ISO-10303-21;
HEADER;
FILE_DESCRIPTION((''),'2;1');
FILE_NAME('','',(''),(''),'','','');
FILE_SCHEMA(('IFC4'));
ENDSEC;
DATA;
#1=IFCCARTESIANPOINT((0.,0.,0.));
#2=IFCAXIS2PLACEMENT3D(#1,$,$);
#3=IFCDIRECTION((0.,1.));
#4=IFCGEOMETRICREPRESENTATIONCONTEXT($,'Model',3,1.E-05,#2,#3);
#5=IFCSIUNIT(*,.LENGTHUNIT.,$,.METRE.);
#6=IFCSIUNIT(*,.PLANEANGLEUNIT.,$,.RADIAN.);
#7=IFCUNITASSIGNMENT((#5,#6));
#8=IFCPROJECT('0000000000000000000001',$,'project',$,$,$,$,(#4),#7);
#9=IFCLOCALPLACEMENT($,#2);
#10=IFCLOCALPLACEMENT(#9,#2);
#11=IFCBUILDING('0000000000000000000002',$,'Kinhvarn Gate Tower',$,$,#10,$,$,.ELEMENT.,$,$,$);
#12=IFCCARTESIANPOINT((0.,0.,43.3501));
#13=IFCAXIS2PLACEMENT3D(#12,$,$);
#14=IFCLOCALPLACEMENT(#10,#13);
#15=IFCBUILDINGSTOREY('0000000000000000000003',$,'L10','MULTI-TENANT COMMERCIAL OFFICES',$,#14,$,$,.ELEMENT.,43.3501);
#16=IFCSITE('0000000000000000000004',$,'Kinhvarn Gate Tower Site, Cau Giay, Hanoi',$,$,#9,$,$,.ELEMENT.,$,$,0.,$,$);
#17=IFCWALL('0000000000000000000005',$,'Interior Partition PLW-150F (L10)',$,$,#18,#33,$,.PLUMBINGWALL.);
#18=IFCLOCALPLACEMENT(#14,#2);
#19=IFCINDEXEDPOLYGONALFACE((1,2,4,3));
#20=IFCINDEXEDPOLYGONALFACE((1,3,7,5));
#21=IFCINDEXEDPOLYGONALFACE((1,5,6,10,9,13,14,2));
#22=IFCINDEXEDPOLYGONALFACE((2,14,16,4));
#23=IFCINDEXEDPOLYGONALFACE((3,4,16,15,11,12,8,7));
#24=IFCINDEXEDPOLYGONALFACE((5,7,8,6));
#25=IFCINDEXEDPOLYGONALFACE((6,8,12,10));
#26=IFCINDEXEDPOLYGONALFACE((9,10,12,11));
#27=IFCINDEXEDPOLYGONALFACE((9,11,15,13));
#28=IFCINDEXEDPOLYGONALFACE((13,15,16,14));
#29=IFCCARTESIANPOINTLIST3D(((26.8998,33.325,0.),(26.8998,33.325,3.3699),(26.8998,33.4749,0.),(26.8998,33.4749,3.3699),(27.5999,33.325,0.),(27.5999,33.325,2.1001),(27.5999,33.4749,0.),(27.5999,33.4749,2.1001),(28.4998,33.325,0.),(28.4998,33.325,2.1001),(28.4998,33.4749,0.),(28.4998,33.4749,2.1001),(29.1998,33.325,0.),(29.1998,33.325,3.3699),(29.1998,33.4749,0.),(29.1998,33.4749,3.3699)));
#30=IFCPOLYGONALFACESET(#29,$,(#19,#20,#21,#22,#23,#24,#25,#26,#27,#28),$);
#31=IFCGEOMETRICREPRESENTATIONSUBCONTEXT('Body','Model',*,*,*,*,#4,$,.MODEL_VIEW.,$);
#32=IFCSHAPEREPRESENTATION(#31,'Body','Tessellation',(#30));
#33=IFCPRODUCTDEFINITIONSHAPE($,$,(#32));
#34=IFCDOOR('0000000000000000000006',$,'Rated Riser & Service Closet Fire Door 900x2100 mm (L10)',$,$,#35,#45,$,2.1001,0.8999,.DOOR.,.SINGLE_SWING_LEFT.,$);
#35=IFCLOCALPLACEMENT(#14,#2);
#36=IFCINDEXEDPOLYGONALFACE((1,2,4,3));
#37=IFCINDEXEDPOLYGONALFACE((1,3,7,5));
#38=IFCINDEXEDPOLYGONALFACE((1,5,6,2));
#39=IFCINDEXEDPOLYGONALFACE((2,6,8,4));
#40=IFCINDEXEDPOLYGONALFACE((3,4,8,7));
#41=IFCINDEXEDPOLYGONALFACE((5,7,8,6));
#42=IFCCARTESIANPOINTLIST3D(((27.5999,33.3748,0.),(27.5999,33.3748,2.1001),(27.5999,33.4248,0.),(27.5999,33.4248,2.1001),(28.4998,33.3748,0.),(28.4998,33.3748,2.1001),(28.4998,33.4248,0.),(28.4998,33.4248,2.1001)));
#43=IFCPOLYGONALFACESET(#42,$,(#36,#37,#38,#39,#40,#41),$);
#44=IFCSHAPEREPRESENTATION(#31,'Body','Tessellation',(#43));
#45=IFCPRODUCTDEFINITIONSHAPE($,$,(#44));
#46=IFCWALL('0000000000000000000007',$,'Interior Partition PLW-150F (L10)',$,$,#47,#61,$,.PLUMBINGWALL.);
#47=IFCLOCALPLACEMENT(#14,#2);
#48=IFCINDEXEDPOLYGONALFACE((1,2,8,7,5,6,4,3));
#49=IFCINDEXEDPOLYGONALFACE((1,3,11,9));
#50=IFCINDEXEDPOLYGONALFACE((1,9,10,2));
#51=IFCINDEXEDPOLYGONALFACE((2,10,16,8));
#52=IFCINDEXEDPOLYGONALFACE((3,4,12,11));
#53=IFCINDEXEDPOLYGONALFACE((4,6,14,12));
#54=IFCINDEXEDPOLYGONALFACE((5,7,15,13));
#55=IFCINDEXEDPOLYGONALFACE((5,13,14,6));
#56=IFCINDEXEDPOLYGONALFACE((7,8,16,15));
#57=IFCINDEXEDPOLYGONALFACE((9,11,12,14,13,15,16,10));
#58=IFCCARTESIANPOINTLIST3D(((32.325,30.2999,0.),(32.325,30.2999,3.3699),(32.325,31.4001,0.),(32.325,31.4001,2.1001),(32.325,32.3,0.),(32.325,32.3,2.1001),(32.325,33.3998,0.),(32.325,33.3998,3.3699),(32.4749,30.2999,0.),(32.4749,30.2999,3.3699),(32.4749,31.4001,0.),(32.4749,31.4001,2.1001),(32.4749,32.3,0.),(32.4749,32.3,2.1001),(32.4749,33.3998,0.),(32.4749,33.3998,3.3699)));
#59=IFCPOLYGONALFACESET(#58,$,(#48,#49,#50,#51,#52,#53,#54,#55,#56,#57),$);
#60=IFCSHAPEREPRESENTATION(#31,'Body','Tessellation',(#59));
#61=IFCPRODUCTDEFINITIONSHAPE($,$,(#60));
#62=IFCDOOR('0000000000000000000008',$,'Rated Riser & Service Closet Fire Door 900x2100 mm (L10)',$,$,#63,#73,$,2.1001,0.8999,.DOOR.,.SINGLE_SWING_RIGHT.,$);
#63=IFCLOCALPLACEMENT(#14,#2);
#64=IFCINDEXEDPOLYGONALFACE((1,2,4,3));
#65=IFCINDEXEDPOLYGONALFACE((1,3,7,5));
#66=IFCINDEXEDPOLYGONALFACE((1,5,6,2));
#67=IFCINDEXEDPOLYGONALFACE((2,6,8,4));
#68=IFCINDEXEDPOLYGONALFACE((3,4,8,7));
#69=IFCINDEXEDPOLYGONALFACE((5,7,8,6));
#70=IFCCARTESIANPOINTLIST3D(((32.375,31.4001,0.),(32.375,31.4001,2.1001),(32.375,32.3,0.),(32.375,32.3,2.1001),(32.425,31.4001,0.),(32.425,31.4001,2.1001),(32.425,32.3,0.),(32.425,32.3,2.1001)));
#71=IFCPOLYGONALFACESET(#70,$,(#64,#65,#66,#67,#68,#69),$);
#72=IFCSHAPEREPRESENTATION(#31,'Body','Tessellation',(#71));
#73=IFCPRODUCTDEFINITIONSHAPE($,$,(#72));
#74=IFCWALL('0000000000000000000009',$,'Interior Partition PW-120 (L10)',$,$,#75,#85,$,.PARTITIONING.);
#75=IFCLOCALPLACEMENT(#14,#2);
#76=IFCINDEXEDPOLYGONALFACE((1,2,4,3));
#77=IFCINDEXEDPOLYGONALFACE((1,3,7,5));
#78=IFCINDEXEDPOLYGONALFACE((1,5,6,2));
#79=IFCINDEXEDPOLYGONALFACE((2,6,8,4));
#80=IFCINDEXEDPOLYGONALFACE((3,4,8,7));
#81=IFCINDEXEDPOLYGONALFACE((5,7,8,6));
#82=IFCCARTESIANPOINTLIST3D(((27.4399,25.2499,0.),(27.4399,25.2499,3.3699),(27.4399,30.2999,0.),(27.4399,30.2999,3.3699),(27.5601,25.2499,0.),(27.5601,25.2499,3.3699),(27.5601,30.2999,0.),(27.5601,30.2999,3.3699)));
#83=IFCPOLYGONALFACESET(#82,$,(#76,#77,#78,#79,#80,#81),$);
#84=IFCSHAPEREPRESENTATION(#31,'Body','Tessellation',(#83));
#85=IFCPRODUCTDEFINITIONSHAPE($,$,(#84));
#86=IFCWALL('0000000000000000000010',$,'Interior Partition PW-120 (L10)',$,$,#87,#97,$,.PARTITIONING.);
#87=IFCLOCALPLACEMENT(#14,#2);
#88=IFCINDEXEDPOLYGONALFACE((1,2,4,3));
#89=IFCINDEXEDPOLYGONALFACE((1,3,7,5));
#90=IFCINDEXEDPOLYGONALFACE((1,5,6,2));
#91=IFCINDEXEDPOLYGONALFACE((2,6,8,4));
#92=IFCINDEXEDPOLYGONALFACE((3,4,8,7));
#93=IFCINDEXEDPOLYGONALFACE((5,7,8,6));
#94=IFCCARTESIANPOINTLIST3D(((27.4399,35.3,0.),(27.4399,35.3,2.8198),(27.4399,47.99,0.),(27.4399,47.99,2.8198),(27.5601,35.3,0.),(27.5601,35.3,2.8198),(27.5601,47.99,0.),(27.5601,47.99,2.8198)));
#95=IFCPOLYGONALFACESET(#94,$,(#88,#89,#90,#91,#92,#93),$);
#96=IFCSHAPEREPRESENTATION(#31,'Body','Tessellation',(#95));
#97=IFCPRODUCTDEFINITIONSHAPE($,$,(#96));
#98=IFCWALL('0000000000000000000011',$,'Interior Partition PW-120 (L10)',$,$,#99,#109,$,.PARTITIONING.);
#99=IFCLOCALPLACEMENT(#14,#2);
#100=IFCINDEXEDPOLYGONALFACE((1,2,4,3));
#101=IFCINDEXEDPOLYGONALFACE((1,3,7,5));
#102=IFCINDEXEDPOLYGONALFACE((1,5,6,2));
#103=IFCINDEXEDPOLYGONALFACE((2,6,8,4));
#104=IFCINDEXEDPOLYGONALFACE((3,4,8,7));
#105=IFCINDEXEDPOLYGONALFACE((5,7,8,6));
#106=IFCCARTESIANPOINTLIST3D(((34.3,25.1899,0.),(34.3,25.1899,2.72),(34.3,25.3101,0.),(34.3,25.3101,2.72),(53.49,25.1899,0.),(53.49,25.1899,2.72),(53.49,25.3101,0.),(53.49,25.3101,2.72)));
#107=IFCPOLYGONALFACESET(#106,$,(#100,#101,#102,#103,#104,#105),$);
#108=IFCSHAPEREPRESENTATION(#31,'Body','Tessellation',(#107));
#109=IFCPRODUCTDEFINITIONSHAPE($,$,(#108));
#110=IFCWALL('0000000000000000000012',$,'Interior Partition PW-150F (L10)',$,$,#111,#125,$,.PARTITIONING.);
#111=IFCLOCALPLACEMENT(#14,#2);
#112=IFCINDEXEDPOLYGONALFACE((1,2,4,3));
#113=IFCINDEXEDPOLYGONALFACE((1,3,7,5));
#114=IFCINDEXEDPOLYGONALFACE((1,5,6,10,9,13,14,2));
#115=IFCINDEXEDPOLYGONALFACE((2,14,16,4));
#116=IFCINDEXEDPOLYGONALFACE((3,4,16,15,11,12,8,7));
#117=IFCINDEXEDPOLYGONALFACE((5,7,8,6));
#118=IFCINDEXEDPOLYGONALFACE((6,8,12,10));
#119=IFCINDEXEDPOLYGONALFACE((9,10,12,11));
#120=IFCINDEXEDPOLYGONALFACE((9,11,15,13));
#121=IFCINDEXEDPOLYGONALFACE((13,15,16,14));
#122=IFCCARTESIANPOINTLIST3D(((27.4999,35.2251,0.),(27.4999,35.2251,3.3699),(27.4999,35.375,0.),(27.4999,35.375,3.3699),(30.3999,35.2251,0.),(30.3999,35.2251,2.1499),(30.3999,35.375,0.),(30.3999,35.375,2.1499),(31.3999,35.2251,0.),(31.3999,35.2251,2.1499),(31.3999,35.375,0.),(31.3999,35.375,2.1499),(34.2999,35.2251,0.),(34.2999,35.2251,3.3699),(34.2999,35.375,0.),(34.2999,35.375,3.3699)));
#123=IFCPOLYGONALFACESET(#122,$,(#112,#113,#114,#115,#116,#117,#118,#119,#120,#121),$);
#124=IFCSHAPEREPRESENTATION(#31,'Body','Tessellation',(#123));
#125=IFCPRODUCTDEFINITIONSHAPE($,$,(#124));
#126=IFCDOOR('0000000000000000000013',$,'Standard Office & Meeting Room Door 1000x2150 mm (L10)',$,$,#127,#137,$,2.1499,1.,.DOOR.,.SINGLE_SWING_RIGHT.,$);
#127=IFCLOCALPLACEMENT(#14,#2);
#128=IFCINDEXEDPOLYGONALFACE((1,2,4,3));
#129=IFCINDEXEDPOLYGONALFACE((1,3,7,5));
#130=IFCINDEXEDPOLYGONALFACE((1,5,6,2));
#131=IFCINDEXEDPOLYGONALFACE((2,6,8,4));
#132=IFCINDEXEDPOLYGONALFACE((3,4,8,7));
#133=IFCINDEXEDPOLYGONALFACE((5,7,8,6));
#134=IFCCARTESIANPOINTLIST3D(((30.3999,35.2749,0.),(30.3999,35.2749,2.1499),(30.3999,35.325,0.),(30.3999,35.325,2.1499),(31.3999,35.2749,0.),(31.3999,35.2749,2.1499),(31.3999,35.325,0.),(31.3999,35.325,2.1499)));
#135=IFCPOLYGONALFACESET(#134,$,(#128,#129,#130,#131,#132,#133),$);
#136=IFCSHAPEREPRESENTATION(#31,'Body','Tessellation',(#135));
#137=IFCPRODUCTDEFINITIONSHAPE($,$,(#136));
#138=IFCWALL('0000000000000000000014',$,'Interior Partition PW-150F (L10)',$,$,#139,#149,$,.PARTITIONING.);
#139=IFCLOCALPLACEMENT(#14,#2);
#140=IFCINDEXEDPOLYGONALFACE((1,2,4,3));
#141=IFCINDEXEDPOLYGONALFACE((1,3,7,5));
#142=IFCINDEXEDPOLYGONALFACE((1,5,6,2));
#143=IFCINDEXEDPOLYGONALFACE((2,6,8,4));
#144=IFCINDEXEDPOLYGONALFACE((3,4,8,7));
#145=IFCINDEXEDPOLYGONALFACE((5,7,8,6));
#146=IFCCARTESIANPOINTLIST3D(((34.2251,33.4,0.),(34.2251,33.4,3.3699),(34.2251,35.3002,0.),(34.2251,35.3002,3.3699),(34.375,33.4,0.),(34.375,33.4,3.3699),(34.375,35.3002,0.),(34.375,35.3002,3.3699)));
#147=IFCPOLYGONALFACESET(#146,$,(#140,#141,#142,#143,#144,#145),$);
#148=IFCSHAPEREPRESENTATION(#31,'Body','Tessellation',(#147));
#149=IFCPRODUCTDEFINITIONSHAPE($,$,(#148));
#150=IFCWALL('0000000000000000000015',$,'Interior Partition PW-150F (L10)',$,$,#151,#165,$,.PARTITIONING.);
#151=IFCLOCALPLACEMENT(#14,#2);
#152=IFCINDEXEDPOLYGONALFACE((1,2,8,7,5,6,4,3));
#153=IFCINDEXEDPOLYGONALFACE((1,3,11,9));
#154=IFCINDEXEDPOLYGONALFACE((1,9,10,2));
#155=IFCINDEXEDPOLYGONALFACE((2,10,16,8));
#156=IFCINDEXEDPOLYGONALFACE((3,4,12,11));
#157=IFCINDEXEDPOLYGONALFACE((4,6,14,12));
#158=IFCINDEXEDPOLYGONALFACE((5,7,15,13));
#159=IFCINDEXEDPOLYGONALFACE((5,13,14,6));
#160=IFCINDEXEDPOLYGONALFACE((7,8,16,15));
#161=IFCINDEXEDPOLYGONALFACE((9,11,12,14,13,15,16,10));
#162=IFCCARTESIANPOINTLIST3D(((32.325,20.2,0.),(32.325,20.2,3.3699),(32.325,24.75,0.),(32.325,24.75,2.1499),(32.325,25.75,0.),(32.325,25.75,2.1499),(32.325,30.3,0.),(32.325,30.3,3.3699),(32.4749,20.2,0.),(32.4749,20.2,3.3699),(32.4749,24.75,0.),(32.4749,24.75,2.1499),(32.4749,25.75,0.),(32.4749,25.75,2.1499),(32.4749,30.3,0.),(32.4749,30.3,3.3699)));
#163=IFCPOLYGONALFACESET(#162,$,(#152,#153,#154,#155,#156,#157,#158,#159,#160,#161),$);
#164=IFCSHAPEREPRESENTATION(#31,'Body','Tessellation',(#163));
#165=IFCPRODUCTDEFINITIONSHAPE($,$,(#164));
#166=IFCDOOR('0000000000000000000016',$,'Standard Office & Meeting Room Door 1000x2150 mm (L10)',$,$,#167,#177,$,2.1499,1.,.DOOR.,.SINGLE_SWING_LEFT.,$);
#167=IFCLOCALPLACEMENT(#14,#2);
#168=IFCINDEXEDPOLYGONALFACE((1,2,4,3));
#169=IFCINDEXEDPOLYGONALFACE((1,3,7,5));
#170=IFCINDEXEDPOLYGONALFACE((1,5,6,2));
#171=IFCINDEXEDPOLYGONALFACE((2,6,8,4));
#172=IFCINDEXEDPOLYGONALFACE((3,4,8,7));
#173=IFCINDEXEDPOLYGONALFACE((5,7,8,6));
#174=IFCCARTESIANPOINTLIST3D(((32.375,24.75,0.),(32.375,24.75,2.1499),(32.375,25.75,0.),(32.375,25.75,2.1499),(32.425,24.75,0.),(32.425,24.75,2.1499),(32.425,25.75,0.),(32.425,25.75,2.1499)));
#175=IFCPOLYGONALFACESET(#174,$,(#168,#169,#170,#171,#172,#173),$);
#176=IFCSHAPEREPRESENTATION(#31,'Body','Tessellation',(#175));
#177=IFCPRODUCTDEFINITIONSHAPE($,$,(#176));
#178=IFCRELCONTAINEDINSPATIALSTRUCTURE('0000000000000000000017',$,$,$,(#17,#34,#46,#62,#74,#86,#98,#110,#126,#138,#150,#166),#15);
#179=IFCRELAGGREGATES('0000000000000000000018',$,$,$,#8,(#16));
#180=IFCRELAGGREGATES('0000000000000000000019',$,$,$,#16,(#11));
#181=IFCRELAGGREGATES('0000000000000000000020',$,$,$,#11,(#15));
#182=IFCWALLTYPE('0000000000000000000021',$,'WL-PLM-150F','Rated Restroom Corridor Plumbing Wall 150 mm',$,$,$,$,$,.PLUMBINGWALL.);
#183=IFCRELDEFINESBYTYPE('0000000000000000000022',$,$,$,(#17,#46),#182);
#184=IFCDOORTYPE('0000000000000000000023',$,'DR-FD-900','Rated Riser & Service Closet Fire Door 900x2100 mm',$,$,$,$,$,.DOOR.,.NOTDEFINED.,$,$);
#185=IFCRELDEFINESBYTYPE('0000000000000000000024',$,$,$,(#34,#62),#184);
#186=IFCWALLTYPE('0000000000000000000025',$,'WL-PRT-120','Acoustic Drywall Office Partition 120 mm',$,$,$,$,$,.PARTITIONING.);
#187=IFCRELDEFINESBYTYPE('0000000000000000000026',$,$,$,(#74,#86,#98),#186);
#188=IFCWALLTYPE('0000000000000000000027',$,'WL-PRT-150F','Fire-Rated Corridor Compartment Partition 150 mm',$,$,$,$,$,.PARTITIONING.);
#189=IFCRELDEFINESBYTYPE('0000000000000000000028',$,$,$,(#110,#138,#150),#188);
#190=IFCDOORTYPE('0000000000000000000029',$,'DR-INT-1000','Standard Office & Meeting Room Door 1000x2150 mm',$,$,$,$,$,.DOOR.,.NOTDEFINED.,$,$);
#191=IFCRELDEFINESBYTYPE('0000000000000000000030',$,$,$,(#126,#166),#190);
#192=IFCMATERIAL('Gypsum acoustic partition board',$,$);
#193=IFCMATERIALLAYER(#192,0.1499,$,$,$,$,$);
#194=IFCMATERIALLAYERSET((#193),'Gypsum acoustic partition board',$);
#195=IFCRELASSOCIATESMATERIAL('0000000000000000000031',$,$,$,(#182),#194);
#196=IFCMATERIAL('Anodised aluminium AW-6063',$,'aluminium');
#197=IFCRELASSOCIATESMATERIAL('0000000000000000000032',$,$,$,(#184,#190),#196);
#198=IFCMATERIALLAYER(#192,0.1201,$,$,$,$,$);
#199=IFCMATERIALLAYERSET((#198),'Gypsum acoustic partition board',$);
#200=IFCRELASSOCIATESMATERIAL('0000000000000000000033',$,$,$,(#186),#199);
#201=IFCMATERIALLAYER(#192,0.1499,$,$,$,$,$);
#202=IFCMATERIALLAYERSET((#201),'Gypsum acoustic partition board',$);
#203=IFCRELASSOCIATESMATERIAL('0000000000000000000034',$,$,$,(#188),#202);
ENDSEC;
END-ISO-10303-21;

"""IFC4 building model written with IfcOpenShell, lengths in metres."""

from ifc_helpers import new_model, si_unit, direction, frame, frame_2d, origin, place, context, subcontext, project, spatial, rectangle, extrude, material, layer, layer_set, type_object, element, fill, save


model = new_model("IFC4")

# Units and contexts
model_context = context("Model", 3, precision=1e-05, world=origin(), true_north=direction((0.0, 1.0)))
body_context = subcontext(model_context, "Body", "Model", "MODEL_VIEW")
ifc_project = project(units=[si_unit("LENGTHUNIT", "METRE"), si_unit("PLANEANGLEUNIT", "RADIAN")], contexts=[model_context])

# Site, building, storey
site_placement = place(None, origin())
site = spatial("IfcSite", under=ifc_project, at=site_placement, Name="Kinhvarn Gate Tower Site, Cau Giay, Hanoi", CompositionType="ELEMENT", RefElevation=0.0)
building_placement = place(site_placement, origin())
building = spatial("IfcBuilding", under=site, at=building_placement, Name="Kinhvarn Gate Tower", CompositionType="ELEMENT")
storey_placement = place(building_placement, frame((0.0, 0.0, 43.3501)))
storey = spatial("IfcBuildingStorey", under=building, at=storey_placement, Name="L10", Description="MULTI-TENANT COMMERCIAL OFFICES", CompositionType="ELEMENT", Elevation=43.3501)

# Shared definitions
ifc_material_1 = material(Name="Gypsum acoustic partition board")
ifc_layer_1 = layer(ifc_material_1, 0.1499)
ifc_layer_set_1 = layer_set([ifc_layer_1], Name="Gypsum acoustic partition board")
wall_type_1 = type_object("IfcWallType", Name="WL-PLM-150F", Description="Rated Restroom Corridor Plumbing Wall 150 mm", PredefinedType="PLUMBINGWALL", material=ifc_layer_set_1)

# Walls, openings, doors
wall_1_placement = place(storey_placement, frame((26.8999, 33.3999, 0.0), z_axis=(0.0, 0.0, 1.0), x_axis=(1.0, 0.0, 0.0)))
wall_1 = element("IfcWall", 1, at=wall_1_placement, inside=storey, type_object=wall_type_1, Name="Interior Partition PLW-150F (L10)", PredefinedType="PLUMBINGWALL", context=body_context, shape_type="SweptSolid", body=[
    extrude(rectangle(XDim=2.3, YDim=0.1499, at=frame_2d((1.1499, 0.0))), origin(), (0.0, 0.0, 1.0), 3.3699),
])
opening_1_placement = place(wall_1_placement, frame((0.7, 0.0, 0.0)))
opening_1 = element("IfcOpeningElement", 2, at=opening_1_placement, cuts=wall_1, PredefinedType="OPENING", context=body_context, shape_type="SweptSolid", body=[
    extrude(rectangle(XDim=0.8999, YDim=2.1001, at=frame_2d((0.45, 1.05))), frame((0.0, 0.085, 0.0), z_axis=(0.0, -1.0, 0.0), x_axis=(1.0, 0.0, 0.0)), (0.0, 0.0, 1.0), 0.1699),
])
ifc_material_2 = material(Name="Anodised aluminium AW-6063", Category="aluminium")
door_type_1 = type_object("IfcDoorType", Name="DR-FD-900", Description="Rated Riser & Service Closet Fire Door 900x2100 mm", OperationType="NOTDEFINED", PredefinedType="DOOR", material=ifc_material_2)
door_1_placement = place(opening_1_placement, origin())
door_1 = element("IfcDoor", 3, at=door_1_placement, inside=storey, type_object=door_type_1, Name="Rated Riser & Service Closet Fire Door 900x2100 mm (L10)", OperationType="SINGLE_SWING_LEFT", OverallHeight=2.1001, OverallWidth=0.8999, PredefinedType="DOOR", context=body_context, shape_type="SweptSolid", body=[
    extrude(rectangle(XDim=0.8999, YDim=2.1001, at=frame_2d((0.45, 1.05))), frame((0.0, 0.0249, 0.0), z_axis=(0.0, -1.0, 0.0), x_axis=(1.0, 0.0, 0.0)), (0.0, 0.0, 1.0), 0.05),
])
fill(opening_1, door_1)
wall_2_placement = place(storey_placement, frame((32.3999, 30.3, 0.0), z_axis=(0.0, 0.0, 1.0), x_axis=(0.0, 1.0, 0.0)))
wall_2 = element("IfcWall", 4, at=wall_2_placement, inside=storey, type_object=wall_type_1, Name="Interior Partition PLW-150F (L10)", PredefinedType="PLUMBINGWALL", context=body_context, shape_type="SweptSolid", body=[
    extrude(rectangle(XDim=3.0999, YDim=0.1499, at=frame_2d((1.5498, 0.0))), origin(), (0.0, 0.0, 1.0), 3.3699),
])
opening_2_placement = place(wall_2_placement, frame((1.1001, 0.0, 0.0)))
opening_2 = element("IfcOpeningElement", 5, at=opening_2_placement, cuts=wall_2, PredefinedType="OPENING", context=body_context, shape_type="SweptSolid", body=[
    extrude(rectangle(XDim=0.8999, YDim=2.1001, at=frame_2d((0.45, 1.05))), frame((0.0, 0.085, 0.0), z_axis=(0.0, -1.0, 0.0), x_axis=(1.0, 0.0, 0.0)), (0.0, 0.0, 1.0), 0.1699),
])
door_2_placement = place(opening_2_placement, origin())
door_2 = element("IfcDoor", 6, at=door_2_placement, inside=storey, type_object=door_type_1, Name="Rated Riser & Service Closet Fire Door 900x2100 mm (L10)", OperationType="SINGLE_SWING_RIGHT", OverallHeight=2.1001, OverallWidth=0.8999, PredefinedType="DOOR", context=body_context, shape_type="SweptSolid", body=[
    extrude(rectangle(XDim=0.8999, YDim=2.1001, at=frame_2d((0.45, 1.05))), frame((0.0, 0.0249, 0.0), z_axis=(0.0, -1.0, 0.0), x_axis=(1.0, 0.0, 0.0)), (0.0, 0.0, 1.0), 0.05),
])
fill(opening_2, door_2)

# Walls
ifc_layer_2 = layer(ifc_material_1, 0.1201)
ifc_layer_set_2 = layer_set([ifc_layer_2], Name="Gypsum acoustic partition board")
wall_type_2 = type_object("IfcWallType", Name="WL-PRT-120", Description="Acoustic Drywall Office Partition 120 mm", PredefinedType="PARTITIONING", material=ifc_layer_set_2)
wall_3_placement = place(storey_placement, frame((27.5, 25.25, 0.0), z_axis=(0.0, 0.0, 1.0), x_axis=(0.0, 1.0, 0.0)))
element("IfcWall", 7, at=wall_3_placement, inside=storey, type_object=wall_type_2, Name="Interior Partition PW-120 (L10)", PredefinedType="PARTITIONING", context=body_context, shape_type="SweptSolid", body=[
    extrude(rectangle(XDim=5.05, YDim=0.1201, at=frame_2d((2.5249, 0.0))), origin(), (0.0, 0.0, 1.0), 3.3699),
])
wall_4_placement = place(storey_placement, frame((27.5, 35.3, 0.0), z_axis=(0.0, 0.0, 1.0), x_axis=(0.0, 1.0, 0.0)))
element("IfcWall", 8, at=wall_4_placement, inside=storey, type_object=wall_type_2, Name="Interior Partition PW-120 (L10)", PredefinedType="PARTITIONING", context=body_context, shape_type="SweptSolid", body=[
    extrude(rectangle(XDim=12.6899, YDim=0.1201, at=frame_2d((6.345, 0.0))), origin(), (0.0, 0.0, 1.0), 2.8198),
])
wall_5_placement = place(storey_placement, frame((34.3, 25.25, 0.0), z_axis=(0.0, 0.0, 1.0), x_axis=(1.0, 0.0, 0.0)))
element("IfcWall", 9, at=wall_5_placement, inside=storey, type_object=wall_type_2, Name="Interior Partition PW-120 (L10)", PredefinedType="PARTITIONING", context=body_context, shape_type="SweptSolid", body=[
    extrude(rectangle(XDim=19.1899, YDim=0.1201, at=frame_2d((9.595, 0.0))), origin(), (0.0, 0.0, 1.0), 2.72),
])

# Wall, opening, door
ifc_layer_3 = layer(ifc_material_1, 0.1499)
ifc_layer_set_3 = layer_set([ifc_layer_3], Name="Gypsum acoustic partition board")
wall_type_3 = type_object("IfcWallType", Name="WL-PRT-150F", Description="Fire-Rated Corridor Compartment Partition 150 mm", PredefinedType="PARTITIONING", material=ifc_layer_set_3)
wall_6_placement = place(storey_placement, frame((27.5, 35.3, 0.0), z_axis=(0.0, 0.0, 1.0), x_axis=(1.0, 0.0, 0.0)))
wall_6 = element("IfcWall", 10, at=wall_6_placement, inside=storey, type_object=wall_type_3, Name="Interior Partition PW-150F (L10)", PredefinedType="PARTITIONING", context=body_context, shape_type="SweptSolid", body=[
    extrude(rectangle(XDim=6.8, YDim=0.1499, at=frame_2d((3.3999, 0.0))), origin(), (0.0, 0.0, 1.0), 3.3699),
])
opening_3_placement = place(wall_6_placement, frame((2.8999, 0.0, 0.0)))
opening_3 = element("IfcOpeningElement", 11, at=opening_3_placement, cuts=wall_6, PredefinedType="OPENING", context=body_context, shape_type="SweptSolid", body=[
    extrude(rectangle(XDim=1.0, YDim=2.1499, at=frame_2d((0.5, 1.075))), frame((0.0, 0.085, 0.0), z_axis=(0.0, -1.0, 0.0), x_axis=(1.0, 0.0, 0.0)), (0.0, 0.0, 1.0), 0.1699),
])
door_type_2 = type_object("IfcDoorType", Name="DR-INT-1000", Description="Standard Office & Meeting Room Door 1000x2150 mm", OperationType="NOTDEFINED", PredefinedType="DOOR", material=ifc_material_2)
door_3_placement = place(opening_3_placement, origin())
door_3 = element("IfcDoor", 12, at=door_3_placement, inside=storey, type_object=door_type_2, Name="Standard Office & Meeting Room Door 1000x2150 mm (L10)", OperationType="SINGLE_SWING_RIGHT", OverallHeight=2.1499, OverallWidth=1.0, PredefinedType="DOOR", context=body_context, shape_type="SweptSolid", body=[
    extrude(rectangle(XDim=1.0, YDim=2.1499, at=frame_2d((0.5, 1.075))), frame((0.0, 0.0249, 0.0), z_axis=(0.0, -1.0, 0.0), x_axis=(1.0, 0.0, 0.0)), (0.0, 0.0, 1.0), 0.05),
])
fill(opening_3, door_3)

# Wall
wall_7_placement = place(storey_placement, frame((34.3, 33.3999, 0.0), z_axis=(0.0, 0.0, 1.0), x_axis=(0.0, 1.0, 0.0)))
element("IfcWall", 13, at=wall_7_placement, inside=storey, type_object=wall_type_3, Name="Interior Partition PW-150F (L10)", PredefinedType="PARTITIONING", context=body_context, shape_type="SweptSolid", body=[
    extrude(rectangle(XDim=1.9001, YDim=0.1499, at=frame_2d((0.9502, 0.0))), origin(), (0.0, 0.0, 1.0), 3.3699),
])

# Wall, opening, door
wall_8_placement = place(storey_placement, frame((32.3999, 20.2, 0.0), z_axis=(0.0, 0.0, 1.0), x_axis=(0.0, 1.0, 0.0)))
wall_8 = element("IfcWall", 14, at=wall_8_placement, inside=storey, type_object=wall_type_3, Name="Interior Partition PW-150F (L10)", PredefinedType="PARTITIONING", context=body_context, shape_type="SweptSolid", body=[
    extrude(rectangle(XDim=10.1001, YDim=0.1499, at=frame_2d((5.05, 0.0))), origin(), (0.0, 0.0, 1.0), 3.3699),
])
opening_4_placement = place(wall_8_placement, frame((4.55, 0.0, 0.0)))
opening_4 = element("IfcOpeningElement", 15, at=opening_4_placement, cuts=wall_8, PredefinedType="OPENING", context=body_context, shape_type="SweptSolid", body=[
    extrude(rectangle(XDim=1.0, YDim=2.1499, at=frame_2d((0.5, 1.075))), frame((0.0, 0.085, 0.0), z_axis=(0.0, -1.0, 0.0), x_axis=(1.0, 0.0, 0.0)), (0.0, 0.0, 1.0), 0.1699),
])
door_4_placement = place(opening_4_placement, origin())
door_4 = element("IfcDoor", 16, at=door_4_placement, inside=storey, type_object=door_type_2, Name="Standard Office & Meeting Room Door 1000x2150 mm (L10)", OperationType="SINGLE_SWING_LEFT", OverallHeight=2.1499, OverallWidth=1.0, PredefinedType="DOOR", context=body_context, shape_type="SweptSolid", body=[
    extrude(rectangle(XDim=1.0, YDim=2.1499, at=frame_2d((0.5, 1.075))), frame((0.0, 0.0249, 0.0), z_axis=(0.0, -1.0, 0.0), x_axis=(1.0, 0.0, 0.0)), (0.0, 0.0, 1.0), 0.05),
])
fill(opening_4, door_4)

save(model, "model.ifc")
